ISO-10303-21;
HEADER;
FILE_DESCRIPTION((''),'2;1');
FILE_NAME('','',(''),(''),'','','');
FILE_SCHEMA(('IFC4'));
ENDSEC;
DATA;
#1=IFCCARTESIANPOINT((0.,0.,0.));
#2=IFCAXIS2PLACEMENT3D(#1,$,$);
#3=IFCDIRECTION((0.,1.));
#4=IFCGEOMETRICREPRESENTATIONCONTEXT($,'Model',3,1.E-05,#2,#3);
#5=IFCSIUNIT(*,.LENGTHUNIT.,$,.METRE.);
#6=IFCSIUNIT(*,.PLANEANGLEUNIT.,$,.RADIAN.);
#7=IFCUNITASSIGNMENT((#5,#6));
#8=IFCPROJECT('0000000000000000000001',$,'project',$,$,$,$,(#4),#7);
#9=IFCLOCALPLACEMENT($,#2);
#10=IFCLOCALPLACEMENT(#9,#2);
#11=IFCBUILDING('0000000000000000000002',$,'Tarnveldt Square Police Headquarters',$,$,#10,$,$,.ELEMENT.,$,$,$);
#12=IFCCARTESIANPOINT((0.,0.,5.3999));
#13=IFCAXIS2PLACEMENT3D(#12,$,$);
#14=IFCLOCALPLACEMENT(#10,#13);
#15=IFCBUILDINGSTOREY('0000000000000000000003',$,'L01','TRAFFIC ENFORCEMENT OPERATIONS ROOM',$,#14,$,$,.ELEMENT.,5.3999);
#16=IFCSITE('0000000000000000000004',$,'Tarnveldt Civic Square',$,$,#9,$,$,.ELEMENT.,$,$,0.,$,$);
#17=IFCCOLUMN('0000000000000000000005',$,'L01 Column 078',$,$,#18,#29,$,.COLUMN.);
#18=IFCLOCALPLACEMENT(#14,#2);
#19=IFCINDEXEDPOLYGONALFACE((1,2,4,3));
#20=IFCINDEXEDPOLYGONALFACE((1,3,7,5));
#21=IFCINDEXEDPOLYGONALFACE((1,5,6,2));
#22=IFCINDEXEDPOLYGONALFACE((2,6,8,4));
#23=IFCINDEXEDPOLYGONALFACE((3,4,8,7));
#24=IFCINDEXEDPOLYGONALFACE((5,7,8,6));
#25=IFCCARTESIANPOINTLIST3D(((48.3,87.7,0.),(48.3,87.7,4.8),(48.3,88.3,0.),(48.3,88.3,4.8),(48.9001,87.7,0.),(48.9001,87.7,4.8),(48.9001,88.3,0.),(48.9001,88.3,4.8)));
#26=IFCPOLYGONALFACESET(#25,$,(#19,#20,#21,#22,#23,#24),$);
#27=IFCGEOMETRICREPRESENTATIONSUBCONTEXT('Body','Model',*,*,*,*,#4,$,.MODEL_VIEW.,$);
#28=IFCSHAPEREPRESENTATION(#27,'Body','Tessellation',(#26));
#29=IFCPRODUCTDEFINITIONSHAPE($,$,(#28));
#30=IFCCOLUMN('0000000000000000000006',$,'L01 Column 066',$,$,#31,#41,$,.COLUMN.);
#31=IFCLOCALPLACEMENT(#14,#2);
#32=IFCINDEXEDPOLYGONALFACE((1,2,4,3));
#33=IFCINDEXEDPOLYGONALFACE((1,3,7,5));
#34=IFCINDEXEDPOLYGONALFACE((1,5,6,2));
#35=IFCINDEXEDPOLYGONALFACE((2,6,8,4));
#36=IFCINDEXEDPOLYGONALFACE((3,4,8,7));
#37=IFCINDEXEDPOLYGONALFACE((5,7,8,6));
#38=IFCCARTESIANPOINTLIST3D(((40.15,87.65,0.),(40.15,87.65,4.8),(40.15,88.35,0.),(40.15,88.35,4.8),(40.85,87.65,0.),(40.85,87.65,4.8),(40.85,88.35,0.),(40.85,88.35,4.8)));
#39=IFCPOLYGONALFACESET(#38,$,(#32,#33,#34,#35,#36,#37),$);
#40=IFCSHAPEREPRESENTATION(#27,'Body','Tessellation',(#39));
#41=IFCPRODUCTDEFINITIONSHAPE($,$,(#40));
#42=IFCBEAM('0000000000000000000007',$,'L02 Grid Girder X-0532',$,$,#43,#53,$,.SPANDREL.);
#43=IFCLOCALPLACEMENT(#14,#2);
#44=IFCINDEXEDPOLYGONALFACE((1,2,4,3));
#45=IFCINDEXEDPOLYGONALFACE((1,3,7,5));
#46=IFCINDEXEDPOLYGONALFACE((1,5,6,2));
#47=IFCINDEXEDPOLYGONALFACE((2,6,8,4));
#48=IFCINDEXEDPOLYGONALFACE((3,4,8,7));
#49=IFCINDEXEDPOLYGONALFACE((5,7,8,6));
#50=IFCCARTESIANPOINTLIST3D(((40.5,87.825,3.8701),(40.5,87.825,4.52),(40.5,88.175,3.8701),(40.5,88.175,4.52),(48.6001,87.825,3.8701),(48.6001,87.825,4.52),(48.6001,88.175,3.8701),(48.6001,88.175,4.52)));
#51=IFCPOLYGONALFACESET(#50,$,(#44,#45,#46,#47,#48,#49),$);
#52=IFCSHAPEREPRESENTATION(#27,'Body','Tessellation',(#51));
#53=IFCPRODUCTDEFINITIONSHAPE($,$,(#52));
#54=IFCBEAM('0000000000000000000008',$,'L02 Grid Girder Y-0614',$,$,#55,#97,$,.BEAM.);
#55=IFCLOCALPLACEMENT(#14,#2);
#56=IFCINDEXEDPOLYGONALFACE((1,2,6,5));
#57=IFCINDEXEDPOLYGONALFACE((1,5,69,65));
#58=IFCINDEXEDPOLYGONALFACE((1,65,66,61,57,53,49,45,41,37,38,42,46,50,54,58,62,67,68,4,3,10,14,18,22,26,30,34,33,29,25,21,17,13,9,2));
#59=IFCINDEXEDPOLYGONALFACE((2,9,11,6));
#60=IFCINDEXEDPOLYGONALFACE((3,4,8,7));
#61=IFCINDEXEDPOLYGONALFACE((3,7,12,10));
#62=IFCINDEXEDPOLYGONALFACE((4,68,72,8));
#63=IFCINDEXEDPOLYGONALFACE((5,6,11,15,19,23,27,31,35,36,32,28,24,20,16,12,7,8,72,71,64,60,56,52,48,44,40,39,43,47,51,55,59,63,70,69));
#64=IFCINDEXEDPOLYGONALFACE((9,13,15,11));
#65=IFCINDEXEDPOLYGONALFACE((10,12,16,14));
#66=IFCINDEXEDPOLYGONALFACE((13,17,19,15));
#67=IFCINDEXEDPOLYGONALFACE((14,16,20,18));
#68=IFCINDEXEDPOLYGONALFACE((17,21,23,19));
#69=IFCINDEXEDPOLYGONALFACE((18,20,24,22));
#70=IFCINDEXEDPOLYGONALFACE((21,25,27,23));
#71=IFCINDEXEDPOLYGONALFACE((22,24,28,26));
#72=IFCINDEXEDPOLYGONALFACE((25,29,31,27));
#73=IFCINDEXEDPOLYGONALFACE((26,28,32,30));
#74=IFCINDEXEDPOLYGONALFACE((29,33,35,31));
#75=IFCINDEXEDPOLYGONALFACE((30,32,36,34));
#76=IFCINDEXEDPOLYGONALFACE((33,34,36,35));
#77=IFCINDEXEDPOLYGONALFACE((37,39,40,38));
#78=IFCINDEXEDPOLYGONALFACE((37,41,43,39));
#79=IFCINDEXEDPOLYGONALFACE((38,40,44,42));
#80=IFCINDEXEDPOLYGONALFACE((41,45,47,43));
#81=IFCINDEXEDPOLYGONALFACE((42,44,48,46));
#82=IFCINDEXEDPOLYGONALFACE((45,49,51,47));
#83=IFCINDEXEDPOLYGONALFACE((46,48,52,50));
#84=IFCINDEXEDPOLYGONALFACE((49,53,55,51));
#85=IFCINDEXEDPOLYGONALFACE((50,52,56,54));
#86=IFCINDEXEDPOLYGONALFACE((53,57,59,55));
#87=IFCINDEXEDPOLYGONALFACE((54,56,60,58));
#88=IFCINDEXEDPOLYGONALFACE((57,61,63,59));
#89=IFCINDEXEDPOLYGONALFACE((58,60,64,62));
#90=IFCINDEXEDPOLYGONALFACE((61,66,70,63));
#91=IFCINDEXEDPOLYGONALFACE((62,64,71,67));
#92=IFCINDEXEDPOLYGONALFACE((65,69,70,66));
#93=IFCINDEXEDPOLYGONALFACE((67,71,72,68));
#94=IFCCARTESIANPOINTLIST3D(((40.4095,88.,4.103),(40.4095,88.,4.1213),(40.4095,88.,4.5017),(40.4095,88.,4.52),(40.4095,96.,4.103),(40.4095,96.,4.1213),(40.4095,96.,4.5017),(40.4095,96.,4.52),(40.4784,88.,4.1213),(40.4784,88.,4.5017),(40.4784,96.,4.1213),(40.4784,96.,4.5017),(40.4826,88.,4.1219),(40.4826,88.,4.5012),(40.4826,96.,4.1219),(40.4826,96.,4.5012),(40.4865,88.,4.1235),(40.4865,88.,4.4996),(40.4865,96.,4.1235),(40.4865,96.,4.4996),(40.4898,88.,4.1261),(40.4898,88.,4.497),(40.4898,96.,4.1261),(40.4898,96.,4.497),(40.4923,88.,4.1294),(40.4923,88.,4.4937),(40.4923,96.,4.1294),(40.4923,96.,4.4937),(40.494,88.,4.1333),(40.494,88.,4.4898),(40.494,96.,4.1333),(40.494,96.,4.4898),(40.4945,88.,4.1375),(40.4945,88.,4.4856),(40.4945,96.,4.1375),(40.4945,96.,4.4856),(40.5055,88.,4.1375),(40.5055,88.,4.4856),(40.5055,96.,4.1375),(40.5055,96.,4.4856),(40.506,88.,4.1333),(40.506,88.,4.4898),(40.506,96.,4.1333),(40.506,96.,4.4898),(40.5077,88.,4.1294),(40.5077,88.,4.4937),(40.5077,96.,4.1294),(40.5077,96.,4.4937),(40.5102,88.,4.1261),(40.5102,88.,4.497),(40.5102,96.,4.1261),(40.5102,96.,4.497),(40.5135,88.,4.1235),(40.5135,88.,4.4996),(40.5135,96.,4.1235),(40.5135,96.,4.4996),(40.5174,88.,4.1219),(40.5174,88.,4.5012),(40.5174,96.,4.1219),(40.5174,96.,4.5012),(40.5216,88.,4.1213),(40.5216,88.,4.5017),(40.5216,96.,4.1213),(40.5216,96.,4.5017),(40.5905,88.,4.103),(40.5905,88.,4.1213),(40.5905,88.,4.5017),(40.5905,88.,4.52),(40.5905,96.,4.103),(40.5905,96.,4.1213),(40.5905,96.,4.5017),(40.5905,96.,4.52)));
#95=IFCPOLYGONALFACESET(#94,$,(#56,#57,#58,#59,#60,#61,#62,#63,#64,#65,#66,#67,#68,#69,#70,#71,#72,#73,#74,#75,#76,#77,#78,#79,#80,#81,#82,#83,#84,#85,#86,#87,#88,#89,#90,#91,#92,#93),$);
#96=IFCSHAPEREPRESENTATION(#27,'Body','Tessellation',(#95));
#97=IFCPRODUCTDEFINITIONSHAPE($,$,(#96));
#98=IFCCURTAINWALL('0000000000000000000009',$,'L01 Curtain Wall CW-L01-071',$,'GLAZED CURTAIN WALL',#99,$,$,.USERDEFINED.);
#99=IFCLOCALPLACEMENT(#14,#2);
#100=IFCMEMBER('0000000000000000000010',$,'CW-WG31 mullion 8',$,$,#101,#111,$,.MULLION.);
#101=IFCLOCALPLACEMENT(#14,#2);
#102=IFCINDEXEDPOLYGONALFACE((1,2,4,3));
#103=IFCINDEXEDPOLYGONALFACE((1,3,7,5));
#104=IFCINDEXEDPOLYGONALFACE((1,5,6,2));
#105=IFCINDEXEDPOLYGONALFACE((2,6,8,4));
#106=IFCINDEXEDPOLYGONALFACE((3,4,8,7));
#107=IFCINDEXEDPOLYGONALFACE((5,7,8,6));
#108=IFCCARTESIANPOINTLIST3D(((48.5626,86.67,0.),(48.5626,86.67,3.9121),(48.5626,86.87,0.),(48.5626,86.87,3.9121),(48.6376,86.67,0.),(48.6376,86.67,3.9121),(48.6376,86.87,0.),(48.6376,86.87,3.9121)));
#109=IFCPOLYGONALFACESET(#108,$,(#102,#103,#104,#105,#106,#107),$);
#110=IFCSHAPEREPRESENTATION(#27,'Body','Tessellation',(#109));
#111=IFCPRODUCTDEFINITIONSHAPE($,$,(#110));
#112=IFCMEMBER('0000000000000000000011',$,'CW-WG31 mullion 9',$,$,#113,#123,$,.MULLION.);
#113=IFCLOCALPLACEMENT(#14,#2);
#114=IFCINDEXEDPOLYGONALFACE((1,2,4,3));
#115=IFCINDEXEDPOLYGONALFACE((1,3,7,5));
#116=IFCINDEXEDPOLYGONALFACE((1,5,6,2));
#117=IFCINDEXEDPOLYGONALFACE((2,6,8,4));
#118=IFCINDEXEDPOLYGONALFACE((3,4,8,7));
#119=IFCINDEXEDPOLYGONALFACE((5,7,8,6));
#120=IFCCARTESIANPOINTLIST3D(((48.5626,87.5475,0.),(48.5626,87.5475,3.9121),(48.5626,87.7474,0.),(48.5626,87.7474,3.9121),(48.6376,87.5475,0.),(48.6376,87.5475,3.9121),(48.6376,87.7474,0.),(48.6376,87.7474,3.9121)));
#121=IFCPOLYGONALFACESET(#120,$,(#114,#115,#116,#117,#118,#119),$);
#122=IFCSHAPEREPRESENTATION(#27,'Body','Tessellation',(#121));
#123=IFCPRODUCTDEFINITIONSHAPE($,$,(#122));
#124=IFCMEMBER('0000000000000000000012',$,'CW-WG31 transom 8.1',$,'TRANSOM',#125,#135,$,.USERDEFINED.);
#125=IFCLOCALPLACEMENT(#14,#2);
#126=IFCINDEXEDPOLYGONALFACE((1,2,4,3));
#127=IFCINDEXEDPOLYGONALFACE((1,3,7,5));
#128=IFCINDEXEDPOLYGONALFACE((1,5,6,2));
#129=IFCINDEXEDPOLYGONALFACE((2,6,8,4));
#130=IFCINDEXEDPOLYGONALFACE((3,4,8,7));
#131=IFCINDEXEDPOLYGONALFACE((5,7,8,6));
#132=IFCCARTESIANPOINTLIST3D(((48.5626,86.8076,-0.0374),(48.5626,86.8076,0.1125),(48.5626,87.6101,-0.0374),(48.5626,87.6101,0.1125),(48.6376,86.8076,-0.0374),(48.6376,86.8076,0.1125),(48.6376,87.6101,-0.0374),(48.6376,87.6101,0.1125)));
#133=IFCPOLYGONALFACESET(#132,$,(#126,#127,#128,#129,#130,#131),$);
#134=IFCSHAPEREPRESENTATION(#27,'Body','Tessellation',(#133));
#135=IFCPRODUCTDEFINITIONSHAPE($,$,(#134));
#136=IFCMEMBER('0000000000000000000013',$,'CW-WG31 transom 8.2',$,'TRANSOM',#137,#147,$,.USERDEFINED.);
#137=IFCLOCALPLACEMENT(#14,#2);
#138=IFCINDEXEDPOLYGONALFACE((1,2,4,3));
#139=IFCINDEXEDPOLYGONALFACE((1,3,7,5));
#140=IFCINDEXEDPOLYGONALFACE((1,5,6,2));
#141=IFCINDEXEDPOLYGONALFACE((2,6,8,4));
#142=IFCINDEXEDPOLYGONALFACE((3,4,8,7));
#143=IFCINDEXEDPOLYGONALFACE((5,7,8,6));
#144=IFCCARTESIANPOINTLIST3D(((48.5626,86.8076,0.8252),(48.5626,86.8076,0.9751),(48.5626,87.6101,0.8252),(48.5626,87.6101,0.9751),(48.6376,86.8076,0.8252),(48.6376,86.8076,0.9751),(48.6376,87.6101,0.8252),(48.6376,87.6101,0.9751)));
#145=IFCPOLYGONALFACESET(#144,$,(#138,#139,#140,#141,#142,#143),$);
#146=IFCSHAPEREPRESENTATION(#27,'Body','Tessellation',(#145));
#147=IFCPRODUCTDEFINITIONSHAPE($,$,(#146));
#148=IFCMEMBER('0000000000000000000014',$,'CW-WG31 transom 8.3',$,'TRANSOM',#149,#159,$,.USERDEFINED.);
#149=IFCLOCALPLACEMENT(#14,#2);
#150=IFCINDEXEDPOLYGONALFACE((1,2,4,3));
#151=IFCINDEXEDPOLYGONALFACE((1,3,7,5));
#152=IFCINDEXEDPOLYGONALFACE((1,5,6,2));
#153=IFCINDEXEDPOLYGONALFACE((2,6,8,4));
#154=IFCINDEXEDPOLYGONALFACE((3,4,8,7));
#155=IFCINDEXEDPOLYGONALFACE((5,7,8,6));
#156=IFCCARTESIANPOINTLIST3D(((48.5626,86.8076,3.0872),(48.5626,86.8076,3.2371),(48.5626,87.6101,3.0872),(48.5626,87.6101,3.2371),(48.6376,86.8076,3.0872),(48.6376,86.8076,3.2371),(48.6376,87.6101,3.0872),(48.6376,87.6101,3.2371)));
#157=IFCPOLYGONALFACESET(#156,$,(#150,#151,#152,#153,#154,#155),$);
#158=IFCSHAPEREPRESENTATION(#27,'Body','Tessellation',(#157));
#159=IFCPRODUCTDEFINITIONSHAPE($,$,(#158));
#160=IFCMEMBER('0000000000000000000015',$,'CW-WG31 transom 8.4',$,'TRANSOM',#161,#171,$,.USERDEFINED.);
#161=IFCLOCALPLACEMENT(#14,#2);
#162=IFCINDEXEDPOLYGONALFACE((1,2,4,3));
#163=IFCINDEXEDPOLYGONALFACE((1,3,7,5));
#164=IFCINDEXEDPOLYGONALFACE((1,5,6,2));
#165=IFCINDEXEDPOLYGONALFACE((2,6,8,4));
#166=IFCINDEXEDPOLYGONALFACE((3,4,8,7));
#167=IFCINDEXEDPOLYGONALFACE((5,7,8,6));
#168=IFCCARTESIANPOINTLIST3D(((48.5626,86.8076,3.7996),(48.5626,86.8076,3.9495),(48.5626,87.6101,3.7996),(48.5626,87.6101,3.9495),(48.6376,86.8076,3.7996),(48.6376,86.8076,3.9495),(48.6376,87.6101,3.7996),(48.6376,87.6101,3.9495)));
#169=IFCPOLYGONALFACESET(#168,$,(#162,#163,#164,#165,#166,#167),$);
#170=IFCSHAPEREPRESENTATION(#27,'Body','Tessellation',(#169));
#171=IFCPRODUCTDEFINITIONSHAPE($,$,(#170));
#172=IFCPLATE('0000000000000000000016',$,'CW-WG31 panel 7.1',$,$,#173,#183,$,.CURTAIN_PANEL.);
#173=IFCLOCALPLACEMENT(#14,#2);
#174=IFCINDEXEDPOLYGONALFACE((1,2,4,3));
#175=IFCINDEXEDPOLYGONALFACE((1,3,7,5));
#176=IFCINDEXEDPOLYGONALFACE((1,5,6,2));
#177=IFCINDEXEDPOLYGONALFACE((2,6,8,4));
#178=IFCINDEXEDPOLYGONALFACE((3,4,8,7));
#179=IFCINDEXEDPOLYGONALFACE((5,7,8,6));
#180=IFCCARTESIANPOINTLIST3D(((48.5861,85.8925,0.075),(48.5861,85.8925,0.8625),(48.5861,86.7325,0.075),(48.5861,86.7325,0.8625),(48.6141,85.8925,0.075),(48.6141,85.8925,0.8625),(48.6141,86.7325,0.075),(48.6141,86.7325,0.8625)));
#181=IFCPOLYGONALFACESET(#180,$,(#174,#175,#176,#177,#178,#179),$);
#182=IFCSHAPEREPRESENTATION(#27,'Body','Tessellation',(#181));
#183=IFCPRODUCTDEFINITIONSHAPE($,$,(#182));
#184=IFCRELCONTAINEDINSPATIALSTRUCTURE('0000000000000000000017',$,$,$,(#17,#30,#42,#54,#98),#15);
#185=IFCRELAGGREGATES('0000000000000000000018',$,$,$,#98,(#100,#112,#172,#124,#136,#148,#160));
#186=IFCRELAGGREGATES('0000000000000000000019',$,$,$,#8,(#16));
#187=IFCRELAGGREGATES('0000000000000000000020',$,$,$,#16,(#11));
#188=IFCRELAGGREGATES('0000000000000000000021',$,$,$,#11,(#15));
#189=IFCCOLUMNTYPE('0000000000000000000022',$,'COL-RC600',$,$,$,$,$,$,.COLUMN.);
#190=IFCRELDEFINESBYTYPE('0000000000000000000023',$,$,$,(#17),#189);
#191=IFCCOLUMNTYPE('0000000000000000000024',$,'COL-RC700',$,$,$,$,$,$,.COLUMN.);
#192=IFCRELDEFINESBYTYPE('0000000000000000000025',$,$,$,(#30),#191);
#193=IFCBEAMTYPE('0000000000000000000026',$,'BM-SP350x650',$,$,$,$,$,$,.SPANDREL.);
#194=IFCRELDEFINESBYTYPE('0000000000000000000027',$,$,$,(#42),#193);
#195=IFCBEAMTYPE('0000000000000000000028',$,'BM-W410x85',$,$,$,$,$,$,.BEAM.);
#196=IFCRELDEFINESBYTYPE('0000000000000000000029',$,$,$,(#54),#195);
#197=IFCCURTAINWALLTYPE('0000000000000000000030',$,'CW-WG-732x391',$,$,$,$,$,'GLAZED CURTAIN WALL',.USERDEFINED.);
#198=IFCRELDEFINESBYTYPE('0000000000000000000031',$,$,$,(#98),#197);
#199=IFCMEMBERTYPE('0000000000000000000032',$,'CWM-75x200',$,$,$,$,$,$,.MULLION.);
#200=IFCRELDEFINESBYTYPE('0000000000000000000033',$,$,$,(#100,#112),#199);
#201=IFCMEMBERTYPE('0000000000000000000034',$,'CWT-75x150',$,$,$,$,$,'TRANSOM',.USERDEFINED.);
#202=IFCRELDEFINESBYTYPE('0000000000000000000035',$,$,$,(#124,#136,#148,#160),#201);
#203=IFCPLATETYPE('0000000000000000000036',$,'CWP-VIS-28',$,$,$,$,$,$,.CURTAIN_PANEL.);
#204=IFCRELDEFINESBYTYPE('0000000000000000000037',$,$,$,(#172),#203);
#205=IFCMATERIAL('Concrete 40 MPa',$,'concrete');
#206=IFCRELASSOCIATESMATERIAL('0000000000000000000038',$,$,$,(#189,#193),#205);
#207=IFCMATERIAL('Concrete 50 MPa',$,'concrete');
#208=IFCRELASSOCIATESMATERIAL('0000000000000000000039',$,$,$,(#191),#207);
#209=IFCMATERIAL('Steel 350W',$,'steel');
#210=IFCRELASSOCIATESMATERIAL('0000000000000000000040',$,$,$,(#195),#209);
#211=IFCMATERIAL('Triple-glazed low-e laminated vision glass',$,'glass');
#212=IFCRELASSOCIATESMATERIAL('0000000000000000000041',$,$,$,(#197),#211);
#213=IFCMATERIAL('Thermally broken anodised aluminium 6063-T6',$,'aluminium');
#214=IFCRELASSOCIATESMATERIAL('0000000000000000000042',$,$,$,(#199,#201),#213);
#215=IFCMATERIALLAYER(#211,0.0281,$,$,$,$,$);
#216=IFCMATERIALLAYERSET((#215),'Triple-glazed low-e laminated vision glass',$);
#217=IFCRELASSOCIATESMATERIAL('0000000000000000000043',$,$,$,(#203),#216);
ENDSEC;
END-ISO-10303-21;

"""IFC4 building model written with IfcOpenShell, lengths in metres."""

from ifc_helpers import new_model, si_unit, direction, frame, origin, origin_2d, place, context, subcontext, project, spatial, rectangle, i_section, extrude, material, layer, layer_set, material_profile, profile_set, type_object, element, aggregate, save


model = new_model("IFC4")

# Units and contexts
model_context = context("Model", 3, precision=1e-05, world=origin(), true_north=direction((0.0, 1.0)))
body_context = subcontext(model_context, "Body", "Model", "MODEL_VIEW")
ifc_project = project(units=[si_unit("LENGTHUNIT", "METRE"), si_unit("PLANEANGLEUNIT", "RADIAN")], contexts=[model_context])

# Site, building, storey
site_placement = place(None, origin())
site = spatial("IfcSite", under=ifc_project, at=site_placement, Name="Tarnveldt Civic Square", CompositionType="ELEMENT", RefElevation=0.0)
building_placement = place(site_placement, origin())
building = spatial("IfcBuilding", under=site, at=building_placement, Name="Tarnveldt Square Police Headquarters", CompositionType="ELEMENT")
storey_placement = place(building_placement, frame((0.0, 0.0, 5.3999)))
storey = spatial("IfcBuildingStorey", under=building, at=storey_placement, Name="L01", Description="TRAFFIC ENFORCEMENT OPERATIONS ROOM", CompositionType="ELEMENT", Elevation=5.3999)

# Columns
ifc_material_1 = material(Name="Concrete 40 MPa", Category="concrete")
ifc_material_profile_1 = material_profile(ifc_material_1, rectangle(XDim=0.6001, YDim=0.6001, at=origin_2d()), Name="RC-C600x600")
ifc_profile_set_1 = profile_set([ifc_material_profile_1], Name="Concrete 40 MPa")
column_type_1 = type_object("IfcColumnType", Name="COL-RC600", PredefinedType="COLUMN", material=ifc_profile_set_1)
column_1_placement = place(storey_placement, frame((48.6001, 88.0, 0.0), z_axis=(0.0, 0.0, 1.0), x_axis=(1.0, 0.0, 0.0)))
element("IfcColumn", 1, at=column_1_placement, inside=storey, type_object=column_type_1, Name="L01 Column 078", PredefinedType="COLUMN", context=body_context, shape_type="SweptSolid", body=[
    extrude(rectangle(XDim=0.6001, YDim=0.6001, at=origin_2d()), origin(), (0.0, 0.0, 1.0), 4.8),
])
ifc_material_2 = material(Name="Concrete 50 MPa", Category="concrete")
ifc_material_profile_2 = material_profile(ifc_material_2, rectangle(XDim=0.7, YDim=0.7, at=origin_2d()), Name="RC-C700x700")
ifc_profile_set_2 = profile_set([ifc_material_profile_2], Name="Concrete 50 MPa")
column_type_2 = type_object("IfcColumnType", Name="COL-RC700", PredefinedType="COLUMN", material=ifc_profile_set_2)
column_2_placement = place(storey_placement, frame((40.5, 88.0, 0.0), z_axis=(0.0, 0.0, 1.0), x_axis=(1.0, 0.0, 0.0)))
element("IfcColumn", 2, at=column_2_placement, inside=storey, type_object=column_type_2, Name="L01 Column 066", PredefinedType="COLUMN", context=body_context, shape_type="SweptSolid", body=[
    extrude(rectangle(XDim=0.7, YDim=0.7, at=origin_2d()), origin(), (0.0, 0.0, 1.0), 4.8),
])

# Beams
ifc_material_profile_3 = material_profile(ifc_material_1, rectangle(XDim=0.3501, YDim=0.6499, at=origin_2d()), Name="RC-SP350x650")
ifc_profile_set_3 = profile_set([ifc_material_profile_3], Name="Concrete 40 MPa")
beam_type_1 = type_object("IfcBeamType", Name="BM-SP350x650", PredefinedType="SPANDREL", material=ifc_profile_set_3)
beam_1_placement = place(storey_placement, frame((40.5, 88.0, 4.1951), z_axis=(1.0, 0.0, 0.0), x_axis=(0.0, 1.0, 0.0)))
element("IfcBeam", 3, at=beam_1_placement, inside=storey, type_object=beam_type_1, Name="L02 Grid Girder X-0532", PredefinedType="SPANDREL", context=body_context, shape_type="SweptSolid", body=[
    extrude(rectangle(XDim=0.3501, YDim=0.6499, at=origin_2d()), origin(), (0.0, 0.0, 1.0), 8.1001),
])
ifc_material_3 = material(Name="Steel 350W", Category="steel")
ifc_material_profile_4 = material_profile(ifc_material_3, i_section(OverallWidth=0.1809, OverallDepth=0.417, WebThickness=0.011, FlangeThickness=0.0183, FilletRadius=0.0161, at=origin_2d()), Name="W410x85")
ifc_profile_set_4 = profile_set([ifc_material_profile_4], Name="Steel 350W")
beam_type_2 = type_object("IfcBeamType", Name="BM-W410x85", PredefinedType="BEAM", material=ifc_profile_set_4)
beam_2_placement = place(storey_placement, frame((40.5, 88.0, 4.3115), z_axis=(0.0, 1.0, 0.0), x_axis=(-1.0, 0.0, 0.0)))
element("IfcBeam", 4, at=beam_2_placement, inside=storey, type_object=beam_type_2, Name="L02 Grid Girder Y-0614", PredefinedType="BEAM", context=body_context, shape_type="SweptSolid", body=[
    extrude(i_section(OverallWidth=0.1809, OverallDepth=0.417, WebThickness=0.011, FlangeThickness=0.0183, FilletRadius=0.0161, at=origin_2d()), origin(), (0.0, 0.0, 1.0), 8.0),
])

# Curtain wall, members, plate
ifc_material_4 = material(Name="Triple-glazed low-e laminated vision glass", Category="glass")
curtain_wall_type = type_object("IfcCurtainWallType", Name="CW-WG-732x391", ElementType="GLAZED CURTAIN WALL", PredefinedType="USERDEFINED", material=ifc_material_4)
curtain_wall_placement = place(storey_placement, origin())
curtain_wall = element("IfcCurtainWall", 5, at=curtain_wall_placement, inside=storey, type_object=curtain_wall_type, Name="L01 Curtain Wall CW-L01-071", ObjectType="GLAZED CURTAIN WALL", PredefinedType="USERDEFINED")
ifc_material_5 = material(Name="Thermally broken anodised aluminium 6063-T6", Category="aluminium")
ifc_material_profile_5 = material_profile(ifc_material_5, rectangle(XDim=0.075, YDim=0.2, at=origin_2d()), Name="CW-M75x200")
ifc_profile_set_5 = profile_set([ifc_material_profile_5], Name="Thermally broken anodised aluminium 6063-T6")
member_type_1 = type_object("IfcMemberType", Name="CWM-75x200", PredefinedType="MULLION", material=ifc_profile_set_5)
member_1_placement = place(storey_placement, frame((48.6001, 86.77, 0.0), z_axis=(0.0, 0.0, 1.0), x_axis=(-1.0, 0.0, 0.0)))
member_1 = element("IfcMember", 6, at=member_1_placement, type_object=member_type_1, Name="CW-WG31 mullion 8", PredefinedType="MULLION", context=body_context, shape_type="SweptSolid", body=[
    extrude(rectangle(XDim=0.075, YDim=0.2, at=origin_2d()), origin(), (0.0, 0.0, 1.0), 3.9121),
])
member_2_placement = place(storey_placement, frame((48.6001, 87.6475, 0.0), z_axis=(0.0, 0.0, 1.0), x_axis=(-1.0, 0.0, 0.0)))
member_2 = element("IfcMember", 7, at=member_2_placement, type_object=member_type_1, Name="CW-WG31 mullion 9", PredefinedType="MULLION", context=body_context, shape_type="SweptSolid", body=[
    extrude(rectangle(XDim=0.075, YDim=0.2, at=origin_2d()), origin(), (0.0, 0.0, 1.0), 3.9121),
])
ifc_material_profile_6 = material_profile(ifc_material_5, rectangle(XDim=0.075, YDim=0.1499, at=origin_2d()), Name="CW-T75x150")
ifc_profile_set_6 = profile_set([ifc_material_profile_6], Name="Thermally broken anodised aluminium 6063-T6")
member_type_2 = type_object("IfcMemberType", Name="CWT-75x150", ElementType="TRANSOM", PredefinedType="USERDEFINED", material=ifc_profile_set_6)
member_3_placement = place(storey_placement, frame((48.6001, 86.8076, 0.0376), z_axis=(0.0, 1.0, 0.0), x_axis=(-1.0, 0.0, 0.0)))
member_3 = element("IfcMember", 8, at=member_3_placement, type_object=member_type_2, Name="CW-WG31 transom 8.1", ObjectType="TRANSOM", PredefinedType="USERDEFINED", context=body_context, shape_type="SweptSolid", body=[
    extrude(rectangle(XDim=0.075, YDim=0.1499, at=origin_2d()), origin(), (0.0, 0.0, 1.0), 0.8025),
])
member_4_placement = place(storey_placement, frame((48.6001, 86.8076, 0.9001), z_axis=(0.0, 1.0, 0.0), x_axis=(-1.0, 0.0, 0.0)))
member_4 = element("IfcMember", 9, at=member_4_placement, type_object=member_type_2, Name="CW-WG31 transom 8.2", ObjectType="TRANSOM", PredefinedType="USERDEFINED", context=body_context, shape_type="SweptSolid", body=[
    extrude(rectangle(XDim=0.075, YDim=0.1499, at=origin_2d()), origin(), (0.0, 0.0, 1.0), 0.8025),
])
member_5_placement = place(storey_placement, frame((48.6001, 86.8076, 3.1621), z_axis=(0.0, 1.0, 0.0), x_axis=(-1.0, 0.0, 0.0)))
member_5 = element("IfcMember", 10, at=member_5_placement, type_object=member_type_2, Name="CW-WG31 transom 8.3", ObjectType="TRANSOM", PredefinedType="USERDEFINED", context=body_context, shape_type="SweptSolid", body=[
    extrude(rectangle(XDim=0.075, YDim=0.1499, at=origin_2d()), origin(), (0.0, 0.0, 1.0), 0.8025),
])
member_6_placement = place(storey_placement, frame((48.6001, 86.8076, 3.8745), z_axis=(0.0, 1.0, 0.0), x_axis=(-1.0, 0.0, 0.0)))
member_6 = element("IfcMember", 11, at=member_6_placement, type_object=member_type_2, Name="CW-WG31 transom 8.4", ObjectType="TRANSOM", PredefinedType="USERDEFINED", context=body_context, shape_type="SweptSolid", body=[
    extrude(rectangle(XDim=0.075, YDim=0.1499, at=origin_2d()), origin(), (0.0, 0.0, 1.0), 0.8025),
])
ifc_layer_1 = layer(ifc_material_4, 0.0281)
ifc_layer_set_1 = layer_set([ifc_layer_1], Name="Triple-glazed low-e laminated vision glass")
plate_type = type_object("IfcPlateType", Name="CWP-VIS-28", PredefinedType="CURTAIN_PANEL", material=ifc_layer_set_1)
plate_1_placement = place(storey_placement, frame((48.6001, 86.3125, 0.075), z_axis=(0.0, 0.0, 1.0), x_axis=(0.0, 1.0, 0.0)))
plate_1 = element("IfcPlate", 12, at=plate_1_placement, type_object=plate_type, Name="CW-WG31 panel 7.1", PredefinedType="CURTAIN_PANEL", context=body_context, shape_type="SweptSolid", body=[
    extrude(rectangle(XDim=0.8401, YDim=0.0281, at=origin_2d()), origin(), (0.0, 0.0, 1.0), 0.7876),
])
aggregate(curtain_wall, [member_1, member_2, plate_1, member_3, member_4, member_5, member_6])

save(model, "model.ifc")
